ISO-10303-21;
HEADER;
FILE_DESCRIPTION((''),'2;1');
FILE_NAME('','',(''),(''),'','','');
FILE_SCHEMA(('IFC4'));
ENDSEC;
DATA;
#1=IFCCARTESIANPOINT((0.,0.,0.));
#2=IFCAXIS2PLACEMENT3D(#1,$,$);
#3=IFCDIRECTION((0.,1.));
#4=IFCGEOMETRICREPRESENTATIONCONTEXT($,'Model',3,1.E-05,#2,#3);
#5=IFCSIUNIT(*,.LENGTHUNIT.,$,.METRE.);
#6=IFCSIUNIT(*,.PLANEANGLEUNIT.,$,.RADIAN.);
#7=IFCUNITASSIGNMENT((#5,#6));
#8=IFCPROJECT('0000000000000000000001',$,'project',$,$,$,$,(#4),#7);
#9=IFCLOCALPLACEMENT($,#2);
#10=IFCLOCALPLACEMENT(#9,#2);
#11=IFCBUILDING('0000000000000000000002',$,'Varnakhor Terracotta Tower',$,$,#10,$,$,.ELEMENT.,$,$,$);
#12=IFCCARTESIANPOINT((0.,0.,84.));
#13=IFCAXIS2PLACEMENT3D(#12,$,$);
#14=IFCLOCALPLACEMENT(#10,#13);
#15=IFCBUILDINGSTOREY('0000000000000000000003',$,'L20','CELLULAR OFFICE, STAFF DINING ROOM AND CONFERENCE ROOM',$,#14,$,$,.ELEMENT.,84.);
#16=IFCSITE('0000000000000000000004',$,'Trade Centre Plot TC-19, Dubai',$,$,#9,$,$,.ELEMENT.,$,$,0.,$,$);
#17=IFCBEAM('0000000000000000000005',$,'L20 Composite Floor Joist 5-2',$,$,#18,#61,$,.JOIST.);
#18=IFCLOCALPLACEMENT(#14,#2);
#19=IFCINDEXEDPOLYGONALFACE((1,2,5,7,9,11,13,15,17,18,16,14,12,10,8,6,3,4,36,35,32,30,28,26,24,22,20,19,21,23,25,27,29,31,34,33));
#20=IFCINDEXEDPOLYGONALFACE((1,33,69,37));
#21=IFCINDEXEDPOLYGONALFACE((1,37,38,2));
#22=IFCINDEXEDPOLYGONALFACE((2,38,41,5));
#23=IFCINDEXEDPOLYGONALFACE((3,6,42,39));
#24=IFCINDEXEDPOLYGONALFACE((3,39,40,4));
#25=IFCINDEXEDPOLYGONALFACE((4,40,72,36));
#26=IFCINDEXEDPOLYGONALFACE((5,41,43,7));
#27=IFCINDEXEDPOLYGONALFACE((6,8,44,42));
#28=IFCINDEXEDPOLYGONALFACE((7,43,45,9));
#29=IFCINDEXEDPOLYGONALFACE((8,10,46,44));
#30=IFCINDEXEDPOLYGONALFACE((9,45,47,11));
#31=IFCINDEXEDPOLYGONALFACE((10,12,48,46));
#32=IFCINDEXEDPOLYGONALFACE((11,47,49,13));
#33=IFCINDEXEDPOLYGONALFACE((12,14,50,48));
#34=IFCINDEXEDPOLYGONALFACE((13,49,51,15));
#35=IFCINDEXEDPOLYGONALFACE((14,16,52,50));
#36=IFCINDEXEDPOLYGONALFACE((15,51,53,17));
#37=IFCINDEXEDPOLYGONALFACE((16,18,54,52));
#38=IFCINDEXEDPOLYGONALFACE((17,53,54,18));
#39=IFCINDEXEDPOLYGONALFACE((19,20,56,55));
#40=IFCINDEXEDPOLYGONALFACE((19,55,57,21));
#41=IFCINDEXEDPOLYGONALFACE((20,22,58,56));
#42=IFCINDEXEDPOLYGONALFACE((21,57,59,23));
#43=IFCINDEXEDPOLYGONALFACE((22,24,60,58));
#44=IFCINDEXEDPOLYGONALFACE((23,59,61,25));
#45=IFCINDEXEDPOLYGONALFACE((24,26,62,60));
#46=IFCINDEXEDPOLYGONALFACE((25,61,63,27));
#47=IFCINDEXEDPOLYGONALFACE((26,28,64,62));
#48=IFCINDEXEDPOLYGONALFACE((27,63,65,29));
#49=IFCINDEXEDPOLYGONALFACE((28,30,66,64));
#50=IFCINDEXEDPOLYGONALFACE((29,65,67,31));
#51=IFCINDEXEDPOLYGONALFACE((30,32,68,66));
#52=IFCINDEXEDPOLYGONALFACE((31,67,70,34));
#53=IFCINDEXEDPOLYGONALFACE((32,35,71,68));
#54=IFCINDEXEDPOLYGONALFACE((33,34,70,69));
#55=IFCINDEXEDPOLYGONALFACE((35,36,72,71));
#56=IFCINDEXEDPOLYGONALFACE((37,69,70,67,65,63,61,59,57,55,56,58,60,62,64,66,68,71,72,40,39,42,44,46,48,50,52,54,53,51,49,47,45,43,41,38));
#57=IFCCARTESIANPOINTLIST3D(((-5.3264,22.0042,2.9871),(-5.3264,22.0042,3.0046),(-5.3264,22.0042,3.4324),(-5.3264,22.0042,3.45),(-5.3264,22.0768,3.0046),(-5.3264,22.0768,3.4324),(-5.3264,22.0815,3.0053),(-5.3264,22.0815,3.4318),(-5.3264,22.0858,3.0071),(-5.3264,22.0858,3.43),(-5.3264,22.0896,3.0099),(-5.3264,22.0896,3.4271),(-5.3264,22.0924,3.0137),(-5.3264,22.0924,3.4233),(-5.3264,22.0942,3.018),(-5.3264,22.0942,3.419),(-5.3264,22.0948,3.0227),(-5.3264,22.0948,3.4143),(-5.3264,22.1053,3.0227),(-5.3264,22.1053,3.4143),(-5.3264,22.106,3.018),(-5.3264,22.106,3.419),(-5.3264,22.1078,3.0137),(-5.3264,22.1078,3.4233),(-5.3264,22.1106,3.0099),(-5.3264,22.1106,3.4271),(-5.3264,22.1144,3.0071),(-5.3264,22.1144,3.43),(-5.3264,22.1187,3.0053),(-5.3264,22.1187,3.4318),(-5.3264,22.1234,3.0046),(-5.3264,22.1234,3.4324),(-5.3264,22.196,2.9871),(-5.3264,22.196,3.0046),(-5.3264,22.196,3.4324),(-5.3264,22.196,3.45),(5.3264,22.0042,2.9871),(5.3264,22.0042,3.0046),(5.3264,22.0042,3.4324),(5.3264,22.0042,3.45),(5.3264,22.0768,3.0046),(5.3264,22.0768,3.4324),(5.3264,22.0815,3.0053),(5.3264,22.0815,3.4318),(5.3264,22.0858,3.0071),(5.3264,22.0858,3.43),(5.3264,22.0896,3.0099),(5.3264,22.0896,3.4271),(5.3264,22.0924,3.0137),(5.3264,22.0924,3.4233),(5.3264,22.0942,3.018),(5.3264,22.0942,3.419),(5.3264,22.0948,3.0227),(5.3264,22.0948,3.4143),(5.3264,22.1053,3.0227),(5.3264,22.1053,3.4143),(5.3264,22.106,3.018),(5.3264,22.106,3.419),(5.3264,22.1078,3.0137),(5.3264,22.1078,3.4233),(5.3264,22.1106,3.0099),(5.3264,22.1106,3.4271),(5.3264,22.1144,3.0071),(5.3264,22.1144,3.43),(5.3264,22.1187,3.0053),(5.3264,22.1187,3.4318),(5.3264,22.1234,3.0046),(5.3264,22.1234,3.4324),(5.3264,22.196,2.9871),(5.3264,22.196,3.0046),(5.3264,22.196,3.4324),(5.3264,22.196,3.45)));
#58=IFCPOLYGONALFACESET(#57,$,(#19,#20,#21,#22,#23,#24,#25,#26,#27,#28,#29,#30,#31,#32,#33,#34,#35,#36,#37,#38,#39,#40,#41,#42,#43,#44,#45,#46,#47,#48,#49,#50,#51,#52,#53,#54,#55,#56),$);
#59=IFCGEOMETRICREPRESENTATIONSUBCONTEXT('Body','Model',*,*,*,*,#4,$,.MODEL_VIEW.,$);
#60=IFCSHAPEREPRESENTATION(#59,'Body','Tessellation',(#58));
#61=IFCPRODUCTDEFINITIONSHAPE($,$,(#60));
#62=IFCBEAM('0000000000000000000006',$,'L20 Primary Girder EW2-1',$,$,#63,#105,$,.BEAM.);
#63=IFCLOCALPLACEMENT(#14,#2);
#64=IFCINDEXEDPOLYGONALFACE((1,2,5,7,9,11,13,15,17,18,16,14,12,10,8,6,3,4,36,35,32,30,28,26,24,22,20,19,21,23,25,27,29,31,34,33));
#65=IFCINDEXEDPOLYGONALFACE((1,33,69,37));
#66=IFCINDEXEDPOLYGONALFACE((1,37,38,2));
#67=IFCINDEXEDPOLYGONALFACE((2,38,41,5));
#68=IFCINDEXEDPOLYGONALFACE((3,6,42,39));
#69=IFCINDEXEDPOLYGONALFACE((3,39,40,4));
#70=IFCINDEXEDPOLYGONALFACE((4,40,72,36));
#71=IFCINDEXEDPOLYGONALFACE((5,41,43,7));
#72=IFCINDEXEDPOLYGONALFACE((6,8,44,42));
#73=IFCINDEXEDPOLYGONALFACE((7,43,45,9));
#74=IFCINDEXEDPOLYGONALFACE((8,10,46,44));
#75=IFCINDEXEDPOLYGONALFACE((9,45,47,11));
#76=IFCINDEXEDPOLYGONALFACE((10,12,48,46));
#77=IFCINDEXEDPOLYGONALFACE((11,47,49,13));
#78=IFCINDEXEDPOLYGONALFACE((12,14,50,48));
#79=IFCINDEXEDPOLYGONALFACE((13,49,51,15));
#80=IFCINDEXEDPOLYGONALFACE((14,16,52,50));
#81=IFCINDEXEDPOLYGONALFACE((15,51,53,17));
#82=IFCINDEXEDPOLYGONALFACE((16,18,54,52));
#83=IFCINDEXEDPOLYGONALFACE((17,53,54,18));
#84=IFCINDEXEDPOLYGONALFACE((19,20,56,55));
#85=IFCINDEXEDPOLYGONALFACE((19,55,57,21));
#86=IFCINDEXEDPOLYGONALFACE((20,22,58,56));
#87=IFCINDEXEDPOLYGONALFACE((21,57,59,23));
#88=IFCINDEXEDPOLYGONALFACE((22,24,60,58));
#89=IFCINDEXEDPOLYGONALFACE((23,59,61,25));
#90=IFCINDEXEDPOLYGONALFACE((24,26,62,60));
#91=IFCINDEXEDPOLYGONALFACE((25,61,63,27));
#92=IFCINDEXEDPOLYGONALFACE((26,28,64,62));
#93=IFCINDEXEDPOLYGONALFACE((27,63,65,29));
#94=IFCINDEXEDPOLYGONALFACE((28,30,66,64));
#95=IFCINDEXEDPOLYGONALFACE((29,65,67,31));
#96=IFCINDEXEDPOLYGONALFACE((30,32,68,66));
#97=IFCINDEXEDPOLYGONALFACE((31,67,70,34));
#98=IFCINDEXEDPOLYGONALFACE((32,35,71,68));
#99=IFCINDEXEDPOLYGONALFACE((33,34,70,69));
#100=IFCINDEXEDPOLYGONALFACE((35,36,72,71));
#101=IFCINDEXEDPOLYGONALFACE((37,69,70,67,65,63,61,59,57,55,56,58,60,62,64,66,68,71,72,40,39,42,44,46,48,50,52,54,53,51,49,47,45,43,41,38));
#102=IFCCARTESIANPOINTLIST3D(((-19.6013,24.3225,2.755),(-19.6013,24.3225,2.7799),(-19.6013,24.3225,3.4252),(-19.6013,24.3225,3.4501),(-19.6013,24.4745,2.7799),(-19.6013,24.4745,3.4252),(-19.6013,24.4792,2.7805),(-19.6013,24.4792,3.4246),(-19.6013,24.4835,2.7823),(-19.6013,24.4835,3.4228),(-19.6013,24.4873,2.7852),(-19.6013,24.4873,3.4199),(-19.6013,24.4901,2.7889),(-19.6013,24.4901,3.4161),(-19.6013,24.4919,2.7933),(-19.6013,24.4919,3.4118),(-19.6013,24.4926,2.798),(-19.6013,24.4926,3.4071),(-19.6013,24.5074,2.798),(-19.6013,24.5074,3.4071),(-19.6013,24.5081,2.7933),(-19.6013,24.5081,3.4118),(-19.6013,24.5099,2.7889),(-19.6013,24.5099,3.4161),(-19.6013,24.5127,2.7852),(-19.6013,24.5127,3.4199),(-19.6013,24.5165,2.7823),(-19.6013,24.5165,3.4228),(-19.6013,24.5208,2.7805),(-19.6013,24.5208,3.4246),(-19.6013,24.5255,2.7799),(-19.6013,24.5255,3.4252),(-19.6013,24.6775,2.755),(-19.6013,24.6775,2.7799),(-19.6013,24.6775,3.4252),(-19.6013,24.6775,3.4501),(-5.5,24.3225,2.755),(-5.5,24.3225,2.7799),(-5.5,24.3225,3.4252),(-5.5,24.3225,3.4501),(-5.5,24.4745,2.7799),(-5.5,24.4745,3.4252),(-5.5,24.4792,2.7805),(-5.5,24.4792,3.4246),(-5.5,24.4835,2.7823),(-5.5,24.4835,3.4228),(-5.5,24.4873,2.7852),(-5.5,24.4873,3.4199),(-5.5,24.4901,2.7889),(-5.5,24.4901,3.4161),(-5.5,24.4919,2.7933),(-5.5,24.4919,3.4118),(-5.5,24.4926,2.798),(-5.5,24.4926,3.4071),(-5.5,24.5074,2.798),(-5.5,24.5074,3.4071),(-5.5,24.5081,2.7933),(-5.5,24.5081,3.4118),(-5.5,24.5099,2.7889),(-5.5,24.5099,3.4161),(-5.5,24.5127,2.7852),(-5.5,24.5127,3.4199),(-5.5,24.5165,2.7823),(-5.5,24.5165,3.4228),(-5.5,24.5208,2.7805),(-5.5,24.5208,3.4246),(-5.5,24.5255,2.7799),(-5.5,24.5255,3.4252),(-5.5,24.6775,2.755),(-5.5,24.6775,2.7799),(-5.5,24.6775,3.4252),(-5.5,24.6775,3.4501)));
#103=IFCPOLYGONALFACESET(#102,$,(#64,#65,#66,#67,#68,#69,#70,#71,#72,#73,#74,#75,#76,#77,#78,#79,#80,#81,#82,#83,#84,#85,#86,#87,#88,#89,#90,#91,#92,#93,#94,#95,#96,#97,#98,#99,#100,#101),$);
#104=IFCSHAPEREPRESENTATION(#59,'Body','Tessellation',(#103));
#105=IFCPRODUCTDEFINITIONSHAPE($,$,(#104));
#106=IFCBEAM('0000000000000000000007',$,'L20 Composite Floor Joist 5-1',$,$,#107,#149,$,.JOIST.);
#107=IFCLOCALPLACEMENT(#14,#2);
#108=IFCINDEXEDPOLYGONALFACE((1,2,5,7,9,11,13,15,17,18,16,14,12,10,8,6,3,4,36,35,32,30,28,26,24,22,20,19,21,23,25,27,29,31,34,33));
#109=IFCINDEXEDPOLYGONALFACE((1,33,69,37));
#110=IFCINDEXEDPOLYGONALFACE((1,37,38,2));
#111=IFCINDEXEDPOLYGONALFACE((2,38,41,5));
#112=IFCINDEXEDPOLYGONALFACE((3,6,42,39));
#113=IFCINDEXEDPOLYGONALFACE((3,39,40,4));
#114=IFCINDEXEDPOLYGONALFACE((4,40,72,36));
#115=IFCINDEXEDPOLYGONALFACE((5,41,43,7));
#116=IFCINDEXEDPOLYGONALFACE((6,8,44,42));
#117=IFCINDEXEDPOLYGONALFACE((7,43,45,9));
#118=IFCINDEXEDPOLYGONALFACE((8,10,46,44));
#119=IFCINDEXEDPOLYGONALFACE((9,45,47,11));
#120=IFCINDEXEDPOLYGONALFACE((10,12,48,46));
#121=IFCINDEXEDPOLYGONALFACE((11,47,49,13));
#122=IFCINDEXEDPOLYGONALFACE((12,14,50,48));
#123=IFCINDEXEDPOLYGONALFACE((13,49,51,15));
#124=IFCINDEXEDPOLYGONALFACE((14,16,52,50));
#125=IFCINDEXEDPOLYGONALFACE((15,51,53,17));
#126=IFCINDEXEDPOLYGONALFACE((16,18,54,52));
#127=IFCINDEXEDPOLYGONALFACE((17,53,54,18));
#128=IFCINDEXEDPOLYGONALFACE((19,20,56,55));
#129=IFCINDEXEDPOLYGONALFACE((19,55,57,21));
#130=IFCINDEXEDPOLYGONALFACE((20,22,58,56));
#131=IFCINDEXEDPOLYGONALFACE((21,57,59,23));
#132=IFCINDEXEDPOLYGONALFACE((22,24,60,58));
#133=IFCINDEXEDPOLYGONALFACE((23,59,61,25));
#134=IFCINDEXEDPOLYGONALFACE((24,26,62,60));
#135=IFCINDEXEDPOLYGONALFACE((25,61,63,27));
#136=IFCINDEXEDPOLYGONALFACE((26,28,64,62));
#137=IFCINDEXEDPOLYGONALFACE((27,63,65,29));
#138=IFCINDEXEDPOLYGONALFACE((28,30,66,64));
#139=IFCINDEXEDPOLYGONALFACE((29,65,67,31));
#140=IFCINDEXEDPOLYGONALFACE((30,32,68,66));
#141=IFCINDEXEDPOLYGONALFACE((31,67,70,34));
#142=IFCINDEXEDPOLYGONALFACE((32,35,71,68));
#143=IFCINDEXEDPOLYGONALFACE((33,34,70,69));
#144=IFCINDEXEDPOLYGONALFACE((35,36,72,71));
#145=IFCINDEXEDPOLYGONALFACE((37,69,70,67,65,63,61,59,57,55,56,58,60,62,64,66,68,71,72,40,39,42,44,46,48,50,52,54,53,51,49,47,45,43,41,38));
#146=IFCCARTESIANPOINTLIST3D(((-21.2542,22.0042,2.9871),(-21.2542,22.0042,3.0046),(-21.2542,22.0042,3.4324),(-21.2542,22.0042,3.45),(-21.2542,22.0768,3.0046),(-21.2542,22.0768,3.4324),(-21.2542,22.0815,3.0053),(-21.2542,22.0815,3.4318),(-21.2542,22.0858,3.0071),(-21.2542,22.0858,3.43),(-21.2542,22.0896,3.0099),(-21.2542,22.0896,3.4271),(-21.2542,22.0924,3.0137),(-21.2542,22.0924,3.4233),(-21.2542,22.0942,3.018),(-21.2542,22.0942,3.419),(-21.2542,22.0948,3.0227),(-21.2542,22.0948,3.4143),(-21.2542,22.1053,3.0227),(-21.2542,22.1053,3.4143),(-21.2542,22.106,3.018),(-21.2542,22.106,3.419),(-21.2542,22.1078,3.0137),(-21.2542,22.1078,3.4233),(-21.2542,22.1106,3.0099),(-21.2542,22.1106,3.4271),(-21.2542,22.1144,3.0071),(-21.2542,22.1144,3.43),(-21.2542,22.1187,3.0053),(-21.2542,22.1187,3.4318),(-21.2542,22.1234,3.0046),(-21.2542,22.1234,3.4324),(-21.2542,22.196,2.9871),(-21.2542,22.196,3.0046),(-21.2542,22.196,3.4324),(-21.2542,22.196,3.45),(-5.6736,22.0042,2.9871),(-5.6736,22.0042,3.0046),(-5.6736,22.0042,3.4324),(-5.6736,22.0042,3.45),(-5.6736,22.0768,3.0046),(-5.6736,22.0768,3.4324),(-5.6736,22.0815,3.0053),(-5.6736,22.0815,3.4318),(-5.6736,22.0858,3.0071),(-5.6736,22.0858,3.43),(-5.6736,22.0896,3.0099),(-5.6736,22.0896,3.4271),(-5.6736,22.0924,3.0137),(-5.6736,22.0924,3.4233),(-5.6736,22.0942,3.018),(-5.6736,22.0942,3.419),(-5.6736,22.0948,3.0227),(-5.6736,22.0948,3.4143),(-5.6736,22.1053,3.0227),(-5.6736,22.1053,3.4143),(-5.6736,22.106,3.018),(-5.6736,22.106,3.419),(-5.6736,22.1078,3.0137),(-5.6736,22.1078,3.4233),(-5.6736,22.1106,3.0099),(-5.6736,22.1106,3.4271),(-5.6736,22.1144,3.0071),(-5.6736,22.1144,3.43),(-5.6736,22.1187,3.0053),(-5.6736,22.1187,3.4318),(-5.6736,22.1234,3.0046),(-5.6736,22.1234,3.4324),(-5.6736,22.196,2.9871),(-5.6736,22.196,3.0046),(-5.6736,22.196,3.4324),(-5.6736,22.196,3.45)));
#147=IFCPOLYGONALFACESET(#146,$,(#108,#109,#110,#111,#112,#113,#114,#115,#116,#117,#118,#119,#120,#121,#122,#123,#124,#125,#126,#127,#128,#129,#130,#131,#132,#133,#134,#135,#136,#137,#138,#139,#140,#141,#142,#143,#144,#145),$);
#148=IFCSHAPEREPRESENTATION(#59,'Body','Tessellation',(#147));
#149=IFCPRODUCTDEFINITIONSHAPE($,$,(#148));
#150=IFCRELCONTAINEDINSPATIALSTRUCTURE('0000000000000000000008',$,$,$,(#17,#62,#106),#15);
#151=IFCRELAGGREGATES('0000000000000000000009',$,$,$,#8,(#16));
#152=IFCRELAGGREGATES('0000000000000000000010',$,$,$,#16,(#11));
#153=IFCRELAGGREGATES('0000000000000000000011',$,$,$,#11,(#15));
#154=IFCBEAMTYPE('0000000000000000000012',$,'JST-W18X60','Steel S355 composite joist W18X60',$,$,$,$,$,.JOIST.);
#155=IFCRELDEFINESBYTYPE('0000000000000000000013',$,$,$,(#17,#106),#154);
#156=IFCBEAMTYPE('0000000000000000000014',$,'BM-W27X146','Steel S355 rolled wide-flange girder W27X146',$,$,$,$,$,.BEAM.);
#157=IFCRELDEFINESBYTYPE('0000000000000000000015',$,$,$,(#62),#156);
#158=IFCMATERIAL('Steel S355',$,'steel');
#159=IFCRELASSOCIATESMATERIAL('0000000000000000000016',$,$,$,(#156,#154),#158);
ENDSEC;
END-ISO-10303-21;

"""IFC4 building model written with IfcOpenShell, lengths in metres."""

from ifc_helpers import new_model, si_unit, direction, frame, origin, origin_2d, place, context, subcontext, project, spatial, i_section, extrude, source, transform, mapped, material, material_profile, profile_set, type_object, element, save


model = new_model("IFC4")

# Units and contexts
model_context = context("Model", 3, precision=1e-05, world=origin(), true_north=direction((0.0, 1.0)))
body_context = subcontext(model_context, "Body", "Model", "MODEL_VIEW")
ifc_project = project(units=[si_unit("LENGTHUNIT", "METRE"), si_unit("PLANEANGLEUNIT", "RADIAN")], contexts=[model_context])

# Site, building, storey
site_placement = place(None, origin())
site = spatial("IfcSite", under=ifc_project, at=site_placement, Name="Trade Centre Plot TC-19, Dubai", CompositionType="ELEMENT", RefElevation=0.0)
building_placement = place(site_placement, origin())
building = spatial("IfcBuilding", under=site, at=building_placement, Name="Varnakhor Terracotta Tower", CompositionType="ELEMENT")
storey_placement = place(building_placement, frame((0.0, 0.0, 84.0)))
storey = spatial("IfcBuildingStorey", under=building, at=storey_placement, Name="L20", Description="CELLULAR OFFICE, STAFF DINING ROOM AND CONFERENCE ROOM", CompositionType="ELEMENT", Elevation=84.0)

# Beams
ifc_material_1 = material(Name="Steel S355", Category="steel")
ifc_material_profile_1 = material_profile(ifc_material_1, i_section(OverallWidth=0.355, OverallDepth=0.6951, WebThickness=0.0149, FlangeThickness=0.0249, FilletRadius=0.0181, at=origin_2d()), Name="W27X146")
ifc_profile_set_1 = profile_set([ifc_material_profile_1], Name="Steel S355")
beam_type_1 = type_object("IfcBeamType", Name="BM-W27X146", Description="Steel S355 rolled wide-flange girder W27X146", PredefinedType="BEAM", material=ifc_profile_set_1)
ifc_material_profile_2 = material_profile(ifc_material_1, i_section(OverallWidth=0.1919, OverallDepth=0.4629, WebThickness=0.0105, FlangeThickness=0.0176, FilletRadius=0.0181, at=origin_2d()), Name="W18X60")
ifc_profile_set_2 = profile_set([ifc_material_profile_2], Name="Steel S355")
beam_type_2 = type_object("IfcBeamType", Name="JST-W18X60", Description="Steel S355 composite joist W18X60", PredefinedType="JOIST", material=ifc_profile_set_2)
shared_shape_1 = source(origin(), body_context, "Body", "SweptSolid", [
    extrude(i_section(OverallWidth=0.1919, OverallDepth=0.4629, WebThickness=0.0105, FlangeThickness=0.0176, FilletRadius=0.0181, at=origin_2d()), origin(), (0.0, 0.0, 1.0), 10.6528),
])
for number, where, z_axis, x_axis, name in (
    (1, (-5.3264, 22.1001, 3.2185), (1.0, 0.0, 0.0), (0.0, 1.0, 0.0), "L20 Composite Floor Joist 5-2"),
):
    element("IfcBeam", number, at=place(storey_placement, frame(where, z_axis=z_axis, x_axis=x_axis)), inside=storey, type_object=beam_type_2, Name=name, PredefinedType="JOIST", context=body_context, shape_type="MappedRepresentation", body=[
        mapped(shared_shape_1, transform((0.0, 0.0, 0.0), scale=1.0)),
    ])
shared_shape_2 = source(origin(), body_context, "Body", "SweptSolid", [
    extrude(i_section(OverallWidth=0.355, OverallDepth=0.6951, WebThickness=0.0149, FlangeThickness=0.0249, FilletRadius=0.0181, at=origin_2d()), origin(), (0.0, 0.0, 1.0), 14.1013),
])
beam_1_placement = place(storey_placement, frame((-19.6013, 24.5, 3.1025), z_axis=(1.0, 0.0, 0.0), x_axis=(0.0, 1.0, 0.0)))
element("IfcBeam", 2, at=beam_1_placement, inside=storey, type_object=beam_type_1, Name="L20 Primary Girder EW2-1", PredefinedType="BEAM", context=body_context, shape_type="MappedRepresentation", body=[
    mapped(shared_shape_2, transform((0.0, 0.0, 0.0), scale=1.0)),
])
shared_shape_3 = source(origin(), body_context, "Body", "SweptSolid", [
    extrude(i_section(OverallWidth=0.1919, OverallDepth=0.4629, WebThickness=0.0105, FlangeThickness=0.0176, FilletRadius=0.0181, at=origin_2d()), origin(), (0.0, 0.0, 1.0), 15.5806),
])
beam_2_placement = place(storey_placement, frame((-21.2542, 22.1001, 3.2185), z_axis=(1.0, 0.0, 0.0), x_axis=(0.0, 1.0, 0.0)))
element("IfcBeam", 3, at=beam_2_placement, inside=storey, type_object=beam_type_2, Name="L20 Composite Floor Joist 5-1", PredefinedType="JOIST", context=body_context, shape_type="MappedRepresentation", body=[
    mapped(shared_shape_3, transform((0.0, 0.0, 0.0), scale=1.0)),
])

save(model, "model.ifc")
